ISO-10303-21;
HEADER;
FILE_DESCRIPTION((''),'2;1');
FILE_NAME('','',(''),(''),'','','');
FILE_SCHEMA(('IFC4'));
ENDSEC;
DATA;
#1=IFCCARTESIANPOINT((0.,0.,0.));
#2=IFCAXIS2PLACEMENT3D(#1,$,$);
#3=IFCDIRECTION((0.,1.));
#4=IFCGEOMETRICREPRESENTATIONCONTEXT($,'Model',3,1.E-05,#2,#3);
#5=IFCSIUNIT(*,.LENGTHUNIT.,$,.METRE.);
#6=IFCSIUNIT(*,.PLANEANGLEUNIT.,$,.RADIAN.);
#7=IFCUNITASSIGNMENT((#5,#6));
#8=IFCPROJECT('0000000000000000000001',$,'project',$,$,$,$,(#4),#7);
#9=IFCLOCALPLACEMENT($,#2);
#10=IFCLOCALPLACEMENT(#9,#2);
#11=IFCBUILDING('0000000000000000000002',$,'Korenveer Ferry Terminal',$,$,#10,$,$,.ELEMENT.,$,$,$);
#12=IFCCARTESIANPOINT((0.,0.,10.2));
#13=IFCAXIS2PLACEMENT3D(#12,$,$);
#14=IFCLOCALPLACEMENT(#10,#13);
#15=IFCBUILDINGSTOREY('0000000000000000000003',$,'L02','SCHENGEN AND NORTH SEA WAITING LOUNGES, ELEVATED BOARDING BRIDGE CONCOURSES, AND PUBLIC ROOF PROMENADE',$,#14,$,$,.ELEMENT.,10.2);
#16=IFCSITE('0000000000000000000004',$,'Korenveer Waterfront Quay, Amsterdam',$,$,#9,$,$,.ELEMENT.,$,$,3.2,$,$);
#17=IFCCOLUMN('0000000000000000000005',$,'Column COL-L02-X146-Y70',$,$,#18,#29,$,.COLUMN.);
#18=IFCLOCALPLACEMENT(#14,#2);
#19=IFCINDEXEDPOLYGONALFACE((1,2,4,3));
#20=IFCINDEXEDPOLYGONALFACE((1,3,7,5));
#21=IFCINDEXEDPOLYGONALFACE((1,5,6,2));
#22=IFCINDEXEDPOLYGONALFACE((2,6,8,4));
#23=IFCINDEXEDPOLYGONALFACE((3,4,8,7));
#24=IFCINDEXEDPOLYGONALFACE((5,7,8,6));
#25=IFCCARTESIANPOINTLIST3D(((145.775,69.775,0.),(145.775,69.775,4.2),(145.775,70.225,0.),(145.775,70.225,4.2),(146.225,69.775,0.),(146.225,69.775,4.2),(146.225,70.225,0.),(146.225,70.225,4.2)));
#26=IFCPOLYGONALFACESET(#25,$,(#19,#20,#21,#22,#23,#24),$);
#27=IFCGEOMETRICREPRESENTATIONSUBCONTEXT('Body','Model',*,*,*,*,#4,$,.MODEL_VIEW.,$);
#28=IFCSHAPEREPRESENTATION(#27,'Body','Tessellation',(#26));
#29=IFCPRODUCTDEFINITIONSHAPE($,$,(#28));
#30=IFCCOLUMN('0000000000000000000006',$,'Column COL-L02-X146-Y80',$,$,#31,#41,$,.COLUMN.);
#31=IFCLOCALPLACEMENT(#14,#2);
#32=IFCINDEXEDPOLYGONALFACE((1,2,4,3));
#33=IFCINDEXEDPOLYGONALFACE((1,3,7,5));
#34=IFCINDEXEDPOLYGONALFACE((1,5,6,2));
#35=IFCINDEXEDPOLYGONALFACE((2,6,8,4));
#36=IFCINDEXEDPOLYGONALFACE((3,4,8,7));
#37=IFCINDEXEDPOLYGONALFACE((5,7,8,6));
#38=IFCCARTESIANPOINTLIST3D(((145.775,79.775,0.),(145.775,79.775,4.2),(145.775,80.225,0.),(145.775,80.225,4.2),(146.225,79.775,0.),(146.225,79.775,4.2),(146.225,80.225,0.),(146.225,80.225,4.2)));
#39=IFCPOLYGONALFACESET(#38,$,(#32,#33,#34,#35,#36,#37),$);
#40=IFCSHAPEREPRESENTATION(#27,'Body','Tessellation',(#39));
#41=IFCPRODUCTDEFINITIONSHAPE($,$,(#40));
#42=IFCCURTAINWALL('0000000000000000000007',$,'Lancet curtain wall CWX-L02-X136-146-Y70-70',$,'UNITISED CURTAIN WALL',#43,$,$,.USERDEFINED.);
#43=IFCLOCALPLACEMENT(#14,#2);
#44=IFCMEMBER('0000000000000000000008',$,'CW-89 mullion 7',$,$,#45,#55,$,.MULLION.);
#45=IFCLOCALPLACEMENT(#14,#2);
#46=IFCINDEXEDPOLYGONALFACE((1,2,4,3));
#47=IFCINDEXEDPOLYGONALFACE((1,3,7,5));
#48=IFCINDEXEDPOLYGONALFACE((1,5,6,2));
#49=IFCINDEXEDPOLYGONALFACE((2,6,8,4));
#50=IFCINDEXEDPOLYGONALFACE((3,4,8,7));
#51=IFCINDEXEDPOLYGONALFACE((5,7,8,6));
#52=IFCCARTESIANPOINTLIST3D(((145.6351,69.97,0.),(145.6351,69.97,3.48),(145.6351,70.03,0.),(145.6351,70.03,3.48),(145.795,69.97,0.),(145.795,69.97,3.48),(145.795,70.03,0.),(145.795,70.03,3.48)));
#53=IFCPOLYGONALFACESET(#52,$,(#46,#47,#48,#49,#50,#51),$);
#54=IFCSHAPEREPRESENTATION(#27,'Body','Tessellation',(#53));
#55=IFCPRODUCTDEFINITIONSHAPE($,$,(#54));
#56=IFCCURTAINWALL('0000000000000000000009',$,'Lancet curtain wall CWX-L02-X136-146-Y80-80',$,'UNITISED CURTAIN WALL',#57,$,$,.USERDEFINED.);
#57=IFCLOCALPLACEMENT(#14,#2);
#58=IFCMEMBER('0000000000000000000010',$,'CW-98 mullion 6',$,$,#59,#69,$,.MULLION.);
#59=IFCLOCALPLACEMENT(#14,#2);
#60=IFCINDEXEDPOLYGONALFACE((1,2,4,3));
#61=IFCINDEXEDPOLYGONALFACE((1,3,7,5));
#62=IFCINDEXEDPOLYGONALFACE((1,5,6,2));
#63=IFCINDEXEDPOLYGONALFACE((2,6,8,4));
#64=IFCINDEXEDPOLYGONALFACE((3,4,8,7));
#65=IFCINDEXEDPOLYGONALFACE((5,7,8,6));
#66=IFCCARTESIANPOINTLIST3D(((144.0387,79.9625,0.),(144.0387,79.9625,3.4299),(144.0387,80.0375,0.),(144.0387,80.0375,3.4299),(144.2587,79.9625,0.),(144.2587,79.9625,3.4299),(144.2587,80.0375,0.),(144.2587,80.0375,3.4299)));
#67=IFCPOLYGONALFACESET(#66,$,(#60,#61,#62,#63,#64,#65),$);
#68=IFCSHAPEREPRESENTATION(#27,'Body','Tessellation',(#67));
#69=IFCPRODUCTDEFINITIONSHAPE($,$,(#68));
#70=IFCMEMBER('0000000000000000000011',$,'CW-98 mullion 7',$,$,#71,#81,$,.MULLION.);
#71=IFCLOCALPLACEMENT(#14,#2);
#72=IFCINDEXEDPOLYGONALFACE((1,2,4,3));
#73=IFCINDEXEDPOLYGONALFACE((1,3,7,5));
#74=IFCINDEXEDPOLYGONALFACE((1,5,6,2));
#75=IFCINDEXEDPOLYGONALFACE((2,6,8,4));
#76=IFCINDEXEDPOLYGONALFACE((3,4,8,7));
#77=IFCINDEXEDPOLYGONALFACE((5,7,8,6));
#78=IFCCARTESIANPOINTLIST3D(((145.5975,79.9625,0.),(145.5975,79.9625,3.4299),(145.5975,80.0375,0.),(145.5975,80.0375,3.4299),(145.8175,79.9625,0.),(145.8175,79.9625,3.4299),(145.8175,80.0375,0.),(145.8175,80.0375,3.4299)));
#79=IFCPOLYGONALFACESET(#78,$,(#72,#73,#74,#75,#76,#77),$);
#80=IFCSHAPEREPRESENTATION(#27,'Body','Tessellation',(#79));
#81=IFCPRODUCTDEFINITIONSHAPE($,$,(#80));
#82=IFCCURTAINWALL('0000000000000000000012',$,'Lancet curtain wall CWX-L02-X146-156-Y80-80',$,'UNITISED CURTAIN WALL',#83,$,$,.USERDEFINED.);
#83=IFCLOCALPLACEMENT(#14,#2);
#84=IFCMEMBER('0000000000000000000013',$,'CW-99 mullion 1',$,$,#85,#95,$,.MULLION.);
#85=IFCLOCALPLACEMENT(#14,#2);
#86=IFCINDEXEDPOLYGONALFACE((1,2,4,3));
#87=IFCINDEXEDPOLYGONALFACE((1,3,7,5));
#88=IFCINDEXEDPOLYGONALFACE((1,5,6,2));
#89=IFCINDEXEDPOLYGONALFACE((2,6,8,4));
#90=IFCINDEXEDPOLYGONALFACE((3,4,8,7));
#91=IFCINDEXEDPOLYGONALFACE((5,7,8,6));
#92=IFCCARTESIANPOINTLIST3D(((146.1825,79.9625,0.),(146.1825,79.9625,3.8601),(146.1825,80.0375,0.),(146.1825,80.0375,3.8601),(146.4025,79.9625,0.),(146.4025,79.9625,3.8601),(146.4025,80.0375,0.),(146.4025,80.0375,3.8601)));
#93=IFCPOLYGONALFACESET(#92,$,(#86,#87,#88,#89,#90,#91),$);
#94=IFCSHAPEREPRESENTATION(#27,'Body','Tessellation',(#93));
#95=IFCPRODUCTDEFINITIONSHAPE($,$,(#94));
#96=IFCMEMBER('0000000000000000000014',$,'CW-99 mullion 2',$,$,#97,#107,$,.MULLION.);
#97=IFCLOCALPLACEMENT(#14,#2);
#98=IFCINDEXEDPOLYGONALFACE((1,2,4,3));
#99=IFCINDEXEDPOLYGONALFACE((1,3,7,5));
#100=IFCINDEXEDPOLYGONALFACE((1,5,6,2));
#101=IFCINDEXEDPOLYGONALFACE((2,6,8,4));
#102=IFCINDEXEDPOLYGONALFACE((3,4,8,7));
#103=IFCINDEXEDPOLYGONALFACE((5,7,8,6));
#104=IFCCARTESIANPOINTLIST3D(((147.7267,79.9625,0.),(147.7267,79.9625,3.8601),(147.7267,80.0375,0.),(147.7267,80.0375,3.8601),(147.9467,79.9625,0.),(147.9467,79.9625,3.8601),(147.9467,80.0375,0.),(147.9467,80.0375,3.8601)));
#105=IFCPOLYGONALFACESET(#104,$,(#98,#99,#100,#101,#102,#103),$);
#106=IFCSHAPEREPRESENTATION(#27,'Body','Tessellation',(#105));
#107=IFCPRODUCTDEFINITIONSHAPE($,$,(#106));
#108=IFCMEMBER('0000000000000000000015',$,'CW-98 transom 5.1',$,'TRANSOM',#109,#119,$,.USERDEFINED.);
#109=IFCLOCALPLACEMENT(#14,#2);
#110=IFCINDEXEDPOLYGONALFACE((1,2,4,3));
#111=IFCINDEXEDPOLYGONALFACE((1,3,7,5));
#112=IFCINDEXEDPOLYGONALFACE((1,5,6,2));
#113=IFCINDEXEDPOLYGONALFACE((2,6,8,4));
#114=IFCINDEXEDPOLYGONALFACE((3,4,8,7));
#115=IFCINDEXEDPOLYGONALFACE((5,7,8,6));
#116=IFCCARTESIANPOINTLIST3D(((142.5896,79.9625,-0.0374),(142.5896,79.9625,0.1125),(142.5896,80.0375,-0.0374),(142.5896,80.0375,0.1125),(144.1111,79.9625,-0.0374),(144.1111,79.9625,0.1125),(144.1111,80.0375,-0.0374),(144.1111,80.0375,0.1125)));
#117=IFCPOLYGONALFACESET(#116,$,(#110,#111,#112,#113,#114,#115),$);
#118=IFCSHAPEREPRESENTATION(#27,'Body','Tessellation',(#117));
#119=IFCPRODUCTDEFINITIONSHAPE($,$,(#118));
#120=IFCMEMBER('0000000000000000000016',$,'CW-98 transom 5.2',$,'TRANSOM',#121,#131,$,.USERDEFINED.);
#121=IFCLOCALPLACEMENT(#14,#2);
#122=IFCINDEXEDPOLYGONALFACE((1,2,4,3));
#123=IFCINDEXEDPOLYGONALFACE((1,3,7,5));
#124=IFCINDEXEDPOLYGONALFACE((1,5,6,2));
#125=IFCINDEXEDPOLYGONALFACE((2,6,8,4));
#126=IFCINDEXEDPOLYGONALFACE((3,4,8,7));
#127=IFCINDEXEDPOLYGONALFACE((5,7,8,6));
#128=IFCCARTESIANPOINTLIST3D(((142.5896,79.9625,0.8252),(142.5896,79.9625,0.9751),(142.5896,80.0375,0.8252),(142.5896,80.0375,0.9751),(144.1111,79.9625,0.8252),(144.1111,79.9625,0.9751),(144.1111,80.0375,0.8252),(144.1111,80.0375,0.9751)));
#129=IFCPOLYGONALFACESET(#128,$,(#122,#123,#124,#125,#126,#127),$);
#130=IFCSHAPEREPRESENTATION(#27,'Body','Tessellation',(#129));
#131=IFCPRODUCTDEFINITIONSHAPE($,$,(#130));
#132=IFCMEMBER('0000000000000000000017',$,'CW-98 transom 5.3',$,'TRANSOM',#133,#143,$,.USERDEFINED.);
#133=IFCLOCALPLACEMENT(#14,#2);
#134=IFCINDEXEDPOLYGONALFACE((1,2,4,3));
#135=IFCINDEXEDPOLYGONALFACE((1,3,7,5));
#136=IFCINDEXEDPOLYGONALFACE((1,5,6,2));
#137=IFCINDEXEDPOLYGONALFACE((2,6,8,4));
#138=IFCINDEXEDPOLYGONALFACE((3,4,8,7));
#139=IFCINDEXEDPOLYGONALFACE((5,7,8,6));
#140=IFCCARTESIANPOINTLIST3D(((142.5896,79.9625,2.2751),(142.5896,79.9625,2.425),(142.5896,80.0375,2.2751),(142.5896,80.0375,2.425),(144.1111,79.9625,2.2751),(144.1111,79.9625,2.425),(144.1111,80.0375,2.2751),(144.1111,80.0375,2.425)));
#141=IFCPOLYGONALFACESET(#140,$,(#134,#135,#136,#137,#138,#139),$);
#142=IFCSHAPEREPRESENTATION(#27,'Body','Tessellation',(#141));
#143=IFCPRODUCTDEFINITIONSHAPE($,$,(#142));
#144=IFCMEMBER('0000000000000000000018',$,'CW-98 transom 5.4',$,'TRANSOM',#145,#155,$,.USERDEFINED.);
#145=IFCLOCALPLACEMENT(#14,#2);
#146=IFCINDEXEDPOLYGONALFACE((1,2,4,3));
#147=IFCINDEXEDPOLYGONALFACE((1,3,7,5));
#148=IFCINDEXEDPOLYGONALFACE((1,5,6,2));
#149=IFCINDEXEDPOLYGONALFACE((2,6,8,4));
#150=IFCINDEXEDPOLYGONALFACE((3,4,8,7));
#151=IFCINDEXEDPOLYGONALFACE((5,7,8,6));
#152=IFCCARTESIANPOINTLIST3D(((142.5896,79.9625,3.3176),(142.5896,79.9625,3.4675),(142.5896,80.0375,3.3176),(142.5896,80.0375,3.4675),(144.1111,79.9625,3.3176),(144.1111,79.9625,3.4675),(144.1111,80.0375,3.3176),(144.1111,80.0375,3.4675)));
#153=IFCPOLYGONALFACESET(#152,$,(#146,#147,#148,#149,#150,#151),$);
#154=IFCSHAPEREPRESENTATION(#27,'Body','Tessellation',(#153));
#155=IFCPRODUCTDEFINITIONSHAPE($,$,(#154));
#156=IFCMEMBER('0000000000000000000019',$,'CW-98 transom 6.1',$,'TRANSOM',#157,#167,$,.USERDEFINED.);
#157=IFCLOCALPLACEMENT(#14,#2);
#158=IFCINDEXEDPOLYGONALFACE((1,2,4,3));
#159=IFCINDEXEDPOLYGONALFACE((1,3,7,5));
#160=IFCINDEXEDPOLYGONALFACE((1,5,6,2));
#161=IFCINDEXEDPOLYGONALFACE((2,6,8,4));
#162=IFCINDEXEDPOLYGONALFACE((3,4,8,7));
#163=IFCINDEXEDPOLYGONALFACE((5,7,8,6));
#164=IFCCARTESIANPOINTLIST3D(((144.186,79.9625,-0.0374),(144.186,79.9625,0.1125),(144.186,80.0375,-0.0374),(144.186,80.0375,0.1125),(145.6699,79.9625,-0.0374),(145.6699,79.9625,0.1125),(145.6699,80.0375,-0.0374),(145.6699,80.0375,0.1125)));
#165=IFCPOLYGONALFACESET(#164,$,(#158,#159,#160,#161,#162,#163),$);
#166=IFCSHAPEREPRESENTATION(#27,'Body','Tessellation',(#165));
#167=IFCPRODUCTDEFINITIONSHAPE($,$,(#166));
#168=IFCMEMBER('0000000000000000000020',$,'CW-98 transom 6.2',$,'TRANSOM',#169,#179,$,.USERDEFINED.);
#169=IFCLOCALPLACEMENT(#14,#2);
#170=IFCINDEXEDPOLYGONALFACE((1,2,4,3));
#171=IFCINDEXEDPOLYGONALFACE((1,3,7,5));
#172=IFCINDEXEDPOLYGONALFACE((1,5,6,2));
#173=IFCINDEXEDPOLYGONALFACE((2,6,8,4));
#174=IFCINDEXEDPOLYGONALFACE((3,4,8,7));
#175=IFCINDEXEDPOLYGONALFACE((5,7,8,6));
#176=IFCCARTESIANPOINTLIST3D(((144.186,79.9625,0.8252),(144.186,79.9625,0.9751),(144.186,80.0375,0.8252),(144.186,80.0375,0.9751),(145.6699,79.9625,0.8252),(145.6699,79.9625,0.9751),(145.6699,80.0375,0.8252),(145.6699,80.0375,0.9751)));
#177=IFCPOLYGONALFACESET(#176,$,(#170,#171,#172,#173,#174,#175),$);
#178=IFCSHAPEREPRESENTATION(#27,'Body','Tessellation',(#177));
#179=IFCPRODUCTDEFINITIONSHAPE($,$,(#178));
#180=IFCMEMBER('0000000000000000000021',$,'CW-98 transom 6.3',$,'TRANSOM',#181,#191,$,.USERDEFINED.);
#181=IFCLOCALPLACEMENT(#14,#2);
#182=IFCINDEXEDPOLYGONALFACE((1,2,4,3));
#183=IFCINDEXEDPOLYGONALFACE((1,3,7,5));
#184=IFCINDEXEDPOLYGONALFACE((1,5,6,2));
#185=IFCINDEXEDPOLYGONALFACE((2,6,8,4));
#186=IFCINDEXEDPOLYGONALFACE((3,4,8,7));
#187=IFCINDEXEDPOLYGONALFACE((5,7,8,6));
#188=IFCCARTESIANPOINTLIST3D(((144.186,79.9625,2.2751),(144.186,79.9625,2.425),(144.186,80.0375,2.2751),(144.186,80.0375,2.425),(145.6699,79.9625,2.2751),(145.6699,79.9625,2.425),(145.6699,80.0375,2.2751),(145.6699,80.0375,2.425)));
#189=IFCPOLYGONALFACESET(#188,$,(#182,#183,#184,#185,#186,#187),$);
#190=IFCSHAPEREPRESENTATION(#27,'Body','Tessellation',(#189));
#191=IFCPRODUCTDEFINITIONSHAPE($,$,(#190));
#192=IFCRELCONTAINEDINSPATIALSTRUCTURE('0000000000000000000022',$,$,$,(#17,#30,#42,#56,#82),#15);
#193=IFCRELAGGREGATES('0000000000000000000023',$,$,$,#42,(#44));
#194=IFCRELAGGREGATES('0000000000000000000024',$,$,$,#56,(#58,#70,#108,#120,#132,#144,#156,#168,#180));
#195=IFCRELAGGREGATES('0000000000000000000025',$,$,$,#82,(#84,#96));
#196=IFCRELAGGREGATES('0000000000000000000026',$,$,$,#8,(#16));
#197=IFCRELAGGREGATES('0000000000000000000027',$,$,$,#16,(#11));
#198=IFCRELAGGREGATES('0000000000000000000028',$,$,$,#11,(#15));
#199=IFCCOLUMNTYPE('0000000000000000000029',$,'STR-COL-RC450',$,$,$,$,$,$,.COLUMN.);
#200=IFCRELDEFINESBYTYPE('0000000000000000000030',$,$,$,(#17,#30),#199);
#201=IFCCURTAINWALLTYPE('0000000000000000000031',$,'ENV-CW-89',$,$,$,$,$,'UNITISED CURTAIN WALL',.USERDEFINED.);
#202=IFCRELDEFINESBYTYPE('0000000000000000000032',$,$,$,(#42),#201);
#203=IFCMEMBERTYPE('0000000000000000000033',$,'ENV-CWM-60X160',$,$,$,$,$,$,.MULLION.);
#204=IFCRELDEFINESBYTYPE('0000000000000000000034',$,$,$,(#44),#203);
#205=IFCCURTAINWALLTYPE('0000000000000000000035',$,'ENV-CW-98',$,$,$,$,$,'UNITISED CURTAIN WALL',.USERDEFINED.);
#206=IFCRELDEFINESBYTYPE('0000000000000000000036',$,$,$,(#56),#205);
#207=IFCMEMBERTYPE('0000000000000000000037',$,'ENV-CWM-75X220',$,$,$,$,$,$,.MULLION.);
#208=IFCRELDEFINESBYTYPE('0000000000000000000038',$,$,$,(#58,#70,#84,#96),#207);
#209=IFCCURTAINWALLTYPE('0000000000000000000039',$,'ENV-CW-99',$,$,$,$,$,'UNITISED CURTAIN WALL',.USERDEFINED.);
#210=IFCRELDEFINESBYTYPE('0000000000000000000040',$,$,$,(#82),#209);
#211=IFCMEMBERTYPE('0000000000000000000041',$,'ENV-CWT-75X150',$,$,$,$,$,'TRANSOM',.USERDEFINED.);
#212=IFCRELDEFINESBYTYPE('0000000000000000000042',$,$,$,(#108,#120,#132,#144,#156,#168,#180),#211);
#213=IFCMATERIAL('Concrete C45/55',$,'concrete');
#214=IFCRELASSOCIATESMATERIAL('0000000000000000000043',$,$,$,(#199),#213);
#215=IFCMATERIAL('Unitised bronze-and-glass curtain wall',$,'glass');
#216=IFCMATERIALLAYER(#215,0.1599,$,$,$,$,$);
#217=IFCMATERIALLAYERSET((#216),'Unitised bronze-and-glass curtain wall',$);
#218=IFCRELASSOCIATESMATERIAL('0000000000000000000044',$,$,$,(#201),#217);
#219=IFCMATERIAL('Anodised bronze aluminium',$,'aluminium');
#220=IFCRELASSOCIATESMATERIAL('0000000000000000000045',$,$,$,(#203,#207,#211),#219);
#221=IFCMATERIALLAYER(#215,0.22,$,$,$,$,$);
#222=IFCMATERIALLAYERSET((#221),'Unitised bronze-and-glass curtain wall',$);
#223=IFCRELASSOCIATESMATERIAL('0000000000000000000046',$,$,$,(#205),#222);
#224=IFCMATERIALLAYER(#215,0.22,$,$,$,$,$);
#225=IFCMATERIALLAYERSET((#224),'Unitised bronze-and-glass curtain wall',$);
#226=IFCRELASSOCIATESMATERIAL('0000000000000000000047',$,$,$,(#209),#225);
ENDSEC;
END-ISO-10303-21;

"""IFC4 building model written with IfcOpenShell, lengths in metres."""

from ifc_helpers import new_model, si_unit, direction, frame, origin, origin_2d, place, context, subcontext, project, spatial, rectangle, extrude, material, layer, layer_set, material_profile, profile_set, type_object, element, aggregate, save


model = new_model("IFC4")

# Units and contexts
model_context = context("Model", 3, precision=1e-05, world=origin(), true_north=direction((0.0, 1.0)))
body_context = subcontext(model_context, "Body", "Model", "MODEL_VIEW")
ifc_project = project(units=[si_unit("LENGTHUNIT", "METRE"), si_unit("PLANEANGLEUNIT", "RADIAN")], contexts=[model_context])

# Site, building, storey
site_placement = place(None, origin())
site = spatial("IfcSite", under=ifc_project, at=site_placement, Name="Korenveer Waterfront Quay, Amsterdam", CompositionType="ELEMENT", RefElevation=3.2)
building_placement = place(site_placement, origin())
building = spatial("IfcBuilding", under=site, at=building_placement, Name="Korenveer Ferry Terminal", CompositionType="ELEMENT")
storey_placement = place(building_placement, frame((0.0, 0.0, 10.2)))
storey = spatial("IfcBuildingStorey", under=building, at=storey_placement, Name="L02", Description="SCHENGEN AND NORTH SEA WAITING LOUNGES, ELEVATED BOARDING BRIDGE CONCOURSES, AND PUBLIC ROOF PROMENADE", CompositionType="ELEMENT", Elevation=10.2)

# Columns
ifc_material_1 = material(Name="Concrete C45/55", Category="concrete")
ifc_material_profile_1 = material_profile(ifc_material_1, rectangle(XDim=0.45, YDim=0.45, at=origin_2d()), Name="RC 450x450")
ifc_profile_set_1 = profile_set([ifc_material_profile_1], Name="Concrete C45/55")
column_type = type_object("IfcColumnType", Name="STR-COL-RC450", PredefinedType="COLUMN", material=ifc_profile_set_1)
for number, where, z_axis, x_axis, name in (
    (1, (146.0, 70.0, 0.0), (0.0, 0.0, 1.0), (1.0, 0.0, 0.0), "Column COL-L02-X146-Y70"),
    (2, (146.0, 80.0, 0.0), (0.0, 0.0, 1.0), (1.0, 0.0, 0.0), "Column COL-L02-X146-Y80"),
):
    element("IfcColumn", number, at=place(storey_placement, frame(where, z_axis=z_axis, x_axis=x_axis)), inside=storey, type_object=column_type, Name=name, PredefinedType="COLUMN", context=body_context, shape_type="SweptSolid", body=[
        extrude(rectangle(XDim=0.45, YDim=0.45, at=origin_2d()), origin(), (0.0, 0.0, 1.0), 4.2),
    ])

# Curtain wall, member
ifc_material_2 = material(Name="Unitised bronze-and-glass curtain wall", Category="glass")
ifc_layer_1 = layer(ifc_material_2, 0.1599)
ifc_layer_set_1 = layer_set([ifc_layer_1], Name="Unitised bronze-and-glass curtain wall")
curtain_wall_type_1 = type_object("IfcCurtainWallType", Name="ENV-CW-89", ElementType="UNITISED CURTAIN WALL", PredefinedType="USERDEFINED", material=ifc_layer_set_1)
curtain_wall_1_placement = place(storey_placement, frame((136.2549, 70.0, 0.0)))
curtain_wall_1 = element("IfcCurtainWall", 3, at=curtain_wall_1_placement, inside=storey, type_object=curtain_wall_type_1, Name="Lancet curtain wall CWX-L02-X136-146-Y70-70", ObjectType="UNITISED CURTAIN WALL", PredefinedType="USERDEFINED")
ifc_material_3 = material(Name="Anodised bronze aluminium", Category="aluminium")
ifc_material_profile_2 = material_profile(ifc_material_3, rectangle(XDim=0.0601, YDim=0.1599, at=origin_2d()), Name="ALU 60x160")
ifc_profile_set_2 = profile_set([ifc_material_profile_2], Name="Anodised bronze aluminium")
member_type_1 = type_object("IfcMemberType", Name="ENV-CWM-60X160", PredefinedType="MULLION", material=ifc_profile_set_2)
member_1_placement = place(storey_placement, frame((145.7151, 70.0, 0.0), z_axis=(0.0, 0.0, 1.0), x_axis=(0.0, 1.0, 0.0)))
member_1 = element("IfcMember", 4, at=member_1_placement, type_object=member_type_1, Name="CW-89 mullion 7", PredefinedType="MULLION", context=body_context, shape_type="SweptSolid", body=[
    extrude(rectangle(XDim=0.0601, YDim=0.1599, at=origin_2d()), origin(), (0.0, 0.0, 1.0), 3.48),
])

# Curtain walls, members
ifc_layer_2 = layer(ifc_material_2, 0.22)
ifc_layer_set_2 = layer_set([ifc_layer_2], Name="Unitised bronze-and-glass curtain wall")
curtain_wall_type_2 = type_object("IfcCurtainWallType", Name="ENV-CW-98", ElementType="UNITISED CURTAIN WALL", PredefinedType="USERDEFINED", material=ifc_layer_set_2)
curtain_wall_2_placement = place(storey_placement, frame((136.1665, 80.0, 0.0)))
curtain_wall_2 = element("IfcCurtainWall", 5, at=curtain_wall_2_placement, inside=storey, type_object=curtain_wall_type_2, Name="Lancet curtain wall CWX-L02-X136-146-Y80-80", ObjectType="UNITISED CURTAIN WALL", PredefinedType="USERDEFINED")
ifc_material_profile_3 = material_profile(ifc_material_3, rectangle(XDim=0.075, YDim=0.22, at=origin_2d()), Name="ALU 75x220")
ifc_profile_set_3 = profile_set([ifc_material_profile_3], Name="Anodised bronze aluminium")
member_type_2 = type_object("IfcMemberType", Name="ENV-CWM-75X220", PredefinedType="MULLION", material=ifc_profile_set_3)
member_2_placement = place(storey_placement, frame((144.1487, 80.0, 0.0), z_axis=(0.0, 0.0, 1.0), x_axis=(0.0, 1.0, 0.0)))
member_2 = element("IfcMember", 6, at=member_2_placement, type_object=member_type_2, Name="CW-98 mullion 6", PredefinedType="MULLION", context=body_context, shape_type="SweptSolid", body=[
    extrude(rectangle(XDim=0.075, YDim=0.22, at=origin_2d()), origin(), (0.0, 0.0, 1.0), 3.4299),
])
member_3_placement = place(storey_placement, frame((145.7075, 80.0, 0.0), z_axis=(0.0, 0.0, 1.0), x_axis=(0.0, 1.0, 0.0)))
member_3 = element("IfcMember", 7, at=member_3_placement, type_object=member_type_2, Name="CW-98 mullion 7", PredefinedType="MULLION", context=body_context, shape_type="SweptSolid", body=[
    extrude(rectangle(XDim=0.075, YDim=0.22, at=origin_2d()), origin(), (0.0, 0.0, 1.0), 3.4299),
])
ifc_layer_3 = layer(ifc_material_2, 0.22)
ifc_layer_set_3 = layer_set([ifc_layer_3], Name="Unitised bronze-and-glass curtain wall")
curtain_wall_type_3 = type_object("IfcCurtainWallType", Name="ENV-CW-99", ElementType="UNITISED CURTAIN WALL", PredefinedType="USERDEFINED", material=ifc_layer_set_3)
curtain_wall_3_placement = place(storey_placement, frame((146.2549, 80.0, 0.0)))
curtain_wall_3 = element("IfcCurtainWall", 8, at=curtain_wall_3_placement, inside=storey, type_object=curtain_wall_type_3, Name="Lancet curtain wall CWX-L02-X146-156-Y80-80", ObjectType="UNITISED CURTAIN WALL", PredefinedType="USERDEFINED")
member_4_placement = place(storey_placement, frame((146.2925, 80.0, 0.0), z_axis=(0.0, 0.0, 1.0), x_axis=(0.0, 1.0, 0.0)))
member_4 = element("IfcMember", 9, at=member_4_placement, type_object=member_type_2, Name="CW-99 mullion 1", PredefinedType="MULLION", context=body_context, shape_type="SweptSolid", body=[
    extrude(rectangle(XDim=0.075, YDim=0.22, at=origin_2d()), origin(), (0.0, 0.0, 1.0), 3.8601),
])
member_5_placement = place(storey_placement, frame((147.8367, 80.0, 0.0), z_axis=(0.0, 0.0, 1.0), x_axis=(0.0, 1.0, 0.0)))
member_5 = element("IfcMember", 10, at=member_5_placement, type_object=member_type_2, Name="CW-99 mullion 2", PredefinedType="MULLION", context=body_context, shape_type="SweptSolid", body=[
    extrude(rectangle(XDim=0.075, YDim=0.22, at=origin_2d()), origin(), (0.0, 0.0, 1.0), 3.8601),
])

# Members
ifc_material_profile_4 = material_profile(ifc_material_3, rectangle(XDim=0.075, YDim=0.1499, at=origin_2d()), Name="ALU 75x150")
ifc_profile_set_4 = profile_set([ifc_material_profile_4], Name="Anodised bronze aluminium")
member_type_3 = type_object("IfcMemberType", Name="ENV-CWT-75X150", ElementType="TRANSOM", PredefinedType="USERDEFINED", material=ifc_profile_set_4)
member_6_placement = place(storey_placement, frame((142.5896, 80.0, 0.0376), z_axis=(1.0, 0.0, 0.0), x_axis=(0.0, 1.0, 0.0)))
member_6 = element("IfcMember", 11, at=member_6_placement, type_object=member_type_3, Name="CW-98 transom 5.1", ObjectType="TRANSOM", PredefinedType="USERDEFINED", context=body_context, shape_type="SweptSolid", body=[
    extrude(rectangle(XDim=0.075, YDim=0.1499, at=origin_2d()), origin(), (0.0, 0.0, 1.0), 1.5215),
])
member_7_placement = place(storey_placement, frame((142.5896, 80.0, 0.9001), z_axis=(1.0, 0.0, 0.0), x_axis=(0.0, 1.0, 0.0)))
member_7 = element("IfcMember", 12, at=member_7_placement, type_object=member_type_3, Name="CW-98 transom 5.2", ObjectType="TRANSOM", PredefinedType="USERDEFINED", context=body_context, shape_type="SweptSolid", body=[
    extrude(rectangle(XDim=0.075, YDim=0.1499, at=origin_2d()), origin(), (0.0, 0.0, 1.0), 1.5215),
])
member_8_placement = place(storey_placement, frame((142.5896, 80.0, 2.3501), z_axis=(1.0, 0.0, 0.0), x_axis=(0.0, 1.0, 0.0)))
member_8 = element("IfcMember", 13, at=member_8_placement, type_object=member_type_3, Name="CW-98 transom 5.3", ObjectType="TRANSOM", PredefinedType="USERDEFINED", context=body_context, shape_type="SweptSolid", body=[
    extrude(rectangle(XDim=0.075, YDim=0.1499, at=origin_2d()), origin(), (0.0, 0.0, 1.0), 1.5215),
])
member_9_placement = place(storey_placement, frame((142.5896, 80.0, 3.3926), z_axis=(1.0, 0.0, 0.0), x_axis=(0.0, 1.0, 0.0)))
member_9 = element("IfcMember", 14, at=member_9_placement, type_object=member_type_3, Name="CW-98 transom 5.4", ObjectType="TRANSOM", PredefinedType="USERDEFINED", context=body_context, shape_type="SweptSolid", body=[
    extrude(rectangle(XDim=0.075, YDim=0.1499, at=origin_2d()), origin(), (0.0, 0.0, 1.0), 1.5215),
])
member_10_placement = place(storey_placement, frame((144.186, 80.0, 0.0376), z_axis=(1.0, 0.0, 0.0), x_axis=(0.0, 1.0, 0.0)))
member_10 = element("IfcMember", 15, at=member_10_placement, type_object=member_type_3, Name="CW-98 transom 6.1", ObjectType="TRANSOM", PredefinedType="USERDEFINED", context=body_context, shape_type="SweptSolid", body=[
    extrude(rectangle(XDim=0.075, YDim=0.1499, at=origin_2d()), origin(), (0.0, 0.0, 1.0), 1.4839),
])
member_11_placement = place(storey_placement, frame((144.186, 80.0, 0.9001), z_axis=(1.0, 0.0, 0.0), x_axis=(0.0, 1.0, 0.0)))
member_11 = element("IfcMember", 16, at=member_11_placement, type_object=member_type_3, Name="CW-98 transom 6.2", ObjectType="TRANSOM", PredefinedType="USERDEFINED", context=body_context, shape_type="SweptSolid", body=[
    extrude(rectangle(XDim=0.075, YDim=0.1499, at=origin_2d()), origin(), (0.0, 0.0, 1.0), 1.4839),
])
member_12_placement = place(storey_placement, frame((144.186, 80.0, 2.3501), z_axis=(1.0, 0.0, 0.0), x_axis=(0.0, 1.0, 0.0)))
member_12 = element("IfcMember", 17, at=member_12_placement, type_object=member_type_3, Name="CW-98 transom 6.3", ObjectType="TRANSOM", PredefinedType="USERDEFINED", context=body_context, shape_type="SweptSolid", body=[
    extrude(rectangle(XDim=0.075, YDim=0.1499, at=origin_2d()), origin(), (0.0, 0.0, 1.0), 1.4839),
])

aggregate(curtain_wall_1, [member_1])
aggregate(curtain_wall_2, [member_2, member_3, member_6, member_7, member_8, member_9, member_10, member_11, member_12])
aggregate(curtain_wall_3, [member_4, member_5])

save(model, "model.ifc")
